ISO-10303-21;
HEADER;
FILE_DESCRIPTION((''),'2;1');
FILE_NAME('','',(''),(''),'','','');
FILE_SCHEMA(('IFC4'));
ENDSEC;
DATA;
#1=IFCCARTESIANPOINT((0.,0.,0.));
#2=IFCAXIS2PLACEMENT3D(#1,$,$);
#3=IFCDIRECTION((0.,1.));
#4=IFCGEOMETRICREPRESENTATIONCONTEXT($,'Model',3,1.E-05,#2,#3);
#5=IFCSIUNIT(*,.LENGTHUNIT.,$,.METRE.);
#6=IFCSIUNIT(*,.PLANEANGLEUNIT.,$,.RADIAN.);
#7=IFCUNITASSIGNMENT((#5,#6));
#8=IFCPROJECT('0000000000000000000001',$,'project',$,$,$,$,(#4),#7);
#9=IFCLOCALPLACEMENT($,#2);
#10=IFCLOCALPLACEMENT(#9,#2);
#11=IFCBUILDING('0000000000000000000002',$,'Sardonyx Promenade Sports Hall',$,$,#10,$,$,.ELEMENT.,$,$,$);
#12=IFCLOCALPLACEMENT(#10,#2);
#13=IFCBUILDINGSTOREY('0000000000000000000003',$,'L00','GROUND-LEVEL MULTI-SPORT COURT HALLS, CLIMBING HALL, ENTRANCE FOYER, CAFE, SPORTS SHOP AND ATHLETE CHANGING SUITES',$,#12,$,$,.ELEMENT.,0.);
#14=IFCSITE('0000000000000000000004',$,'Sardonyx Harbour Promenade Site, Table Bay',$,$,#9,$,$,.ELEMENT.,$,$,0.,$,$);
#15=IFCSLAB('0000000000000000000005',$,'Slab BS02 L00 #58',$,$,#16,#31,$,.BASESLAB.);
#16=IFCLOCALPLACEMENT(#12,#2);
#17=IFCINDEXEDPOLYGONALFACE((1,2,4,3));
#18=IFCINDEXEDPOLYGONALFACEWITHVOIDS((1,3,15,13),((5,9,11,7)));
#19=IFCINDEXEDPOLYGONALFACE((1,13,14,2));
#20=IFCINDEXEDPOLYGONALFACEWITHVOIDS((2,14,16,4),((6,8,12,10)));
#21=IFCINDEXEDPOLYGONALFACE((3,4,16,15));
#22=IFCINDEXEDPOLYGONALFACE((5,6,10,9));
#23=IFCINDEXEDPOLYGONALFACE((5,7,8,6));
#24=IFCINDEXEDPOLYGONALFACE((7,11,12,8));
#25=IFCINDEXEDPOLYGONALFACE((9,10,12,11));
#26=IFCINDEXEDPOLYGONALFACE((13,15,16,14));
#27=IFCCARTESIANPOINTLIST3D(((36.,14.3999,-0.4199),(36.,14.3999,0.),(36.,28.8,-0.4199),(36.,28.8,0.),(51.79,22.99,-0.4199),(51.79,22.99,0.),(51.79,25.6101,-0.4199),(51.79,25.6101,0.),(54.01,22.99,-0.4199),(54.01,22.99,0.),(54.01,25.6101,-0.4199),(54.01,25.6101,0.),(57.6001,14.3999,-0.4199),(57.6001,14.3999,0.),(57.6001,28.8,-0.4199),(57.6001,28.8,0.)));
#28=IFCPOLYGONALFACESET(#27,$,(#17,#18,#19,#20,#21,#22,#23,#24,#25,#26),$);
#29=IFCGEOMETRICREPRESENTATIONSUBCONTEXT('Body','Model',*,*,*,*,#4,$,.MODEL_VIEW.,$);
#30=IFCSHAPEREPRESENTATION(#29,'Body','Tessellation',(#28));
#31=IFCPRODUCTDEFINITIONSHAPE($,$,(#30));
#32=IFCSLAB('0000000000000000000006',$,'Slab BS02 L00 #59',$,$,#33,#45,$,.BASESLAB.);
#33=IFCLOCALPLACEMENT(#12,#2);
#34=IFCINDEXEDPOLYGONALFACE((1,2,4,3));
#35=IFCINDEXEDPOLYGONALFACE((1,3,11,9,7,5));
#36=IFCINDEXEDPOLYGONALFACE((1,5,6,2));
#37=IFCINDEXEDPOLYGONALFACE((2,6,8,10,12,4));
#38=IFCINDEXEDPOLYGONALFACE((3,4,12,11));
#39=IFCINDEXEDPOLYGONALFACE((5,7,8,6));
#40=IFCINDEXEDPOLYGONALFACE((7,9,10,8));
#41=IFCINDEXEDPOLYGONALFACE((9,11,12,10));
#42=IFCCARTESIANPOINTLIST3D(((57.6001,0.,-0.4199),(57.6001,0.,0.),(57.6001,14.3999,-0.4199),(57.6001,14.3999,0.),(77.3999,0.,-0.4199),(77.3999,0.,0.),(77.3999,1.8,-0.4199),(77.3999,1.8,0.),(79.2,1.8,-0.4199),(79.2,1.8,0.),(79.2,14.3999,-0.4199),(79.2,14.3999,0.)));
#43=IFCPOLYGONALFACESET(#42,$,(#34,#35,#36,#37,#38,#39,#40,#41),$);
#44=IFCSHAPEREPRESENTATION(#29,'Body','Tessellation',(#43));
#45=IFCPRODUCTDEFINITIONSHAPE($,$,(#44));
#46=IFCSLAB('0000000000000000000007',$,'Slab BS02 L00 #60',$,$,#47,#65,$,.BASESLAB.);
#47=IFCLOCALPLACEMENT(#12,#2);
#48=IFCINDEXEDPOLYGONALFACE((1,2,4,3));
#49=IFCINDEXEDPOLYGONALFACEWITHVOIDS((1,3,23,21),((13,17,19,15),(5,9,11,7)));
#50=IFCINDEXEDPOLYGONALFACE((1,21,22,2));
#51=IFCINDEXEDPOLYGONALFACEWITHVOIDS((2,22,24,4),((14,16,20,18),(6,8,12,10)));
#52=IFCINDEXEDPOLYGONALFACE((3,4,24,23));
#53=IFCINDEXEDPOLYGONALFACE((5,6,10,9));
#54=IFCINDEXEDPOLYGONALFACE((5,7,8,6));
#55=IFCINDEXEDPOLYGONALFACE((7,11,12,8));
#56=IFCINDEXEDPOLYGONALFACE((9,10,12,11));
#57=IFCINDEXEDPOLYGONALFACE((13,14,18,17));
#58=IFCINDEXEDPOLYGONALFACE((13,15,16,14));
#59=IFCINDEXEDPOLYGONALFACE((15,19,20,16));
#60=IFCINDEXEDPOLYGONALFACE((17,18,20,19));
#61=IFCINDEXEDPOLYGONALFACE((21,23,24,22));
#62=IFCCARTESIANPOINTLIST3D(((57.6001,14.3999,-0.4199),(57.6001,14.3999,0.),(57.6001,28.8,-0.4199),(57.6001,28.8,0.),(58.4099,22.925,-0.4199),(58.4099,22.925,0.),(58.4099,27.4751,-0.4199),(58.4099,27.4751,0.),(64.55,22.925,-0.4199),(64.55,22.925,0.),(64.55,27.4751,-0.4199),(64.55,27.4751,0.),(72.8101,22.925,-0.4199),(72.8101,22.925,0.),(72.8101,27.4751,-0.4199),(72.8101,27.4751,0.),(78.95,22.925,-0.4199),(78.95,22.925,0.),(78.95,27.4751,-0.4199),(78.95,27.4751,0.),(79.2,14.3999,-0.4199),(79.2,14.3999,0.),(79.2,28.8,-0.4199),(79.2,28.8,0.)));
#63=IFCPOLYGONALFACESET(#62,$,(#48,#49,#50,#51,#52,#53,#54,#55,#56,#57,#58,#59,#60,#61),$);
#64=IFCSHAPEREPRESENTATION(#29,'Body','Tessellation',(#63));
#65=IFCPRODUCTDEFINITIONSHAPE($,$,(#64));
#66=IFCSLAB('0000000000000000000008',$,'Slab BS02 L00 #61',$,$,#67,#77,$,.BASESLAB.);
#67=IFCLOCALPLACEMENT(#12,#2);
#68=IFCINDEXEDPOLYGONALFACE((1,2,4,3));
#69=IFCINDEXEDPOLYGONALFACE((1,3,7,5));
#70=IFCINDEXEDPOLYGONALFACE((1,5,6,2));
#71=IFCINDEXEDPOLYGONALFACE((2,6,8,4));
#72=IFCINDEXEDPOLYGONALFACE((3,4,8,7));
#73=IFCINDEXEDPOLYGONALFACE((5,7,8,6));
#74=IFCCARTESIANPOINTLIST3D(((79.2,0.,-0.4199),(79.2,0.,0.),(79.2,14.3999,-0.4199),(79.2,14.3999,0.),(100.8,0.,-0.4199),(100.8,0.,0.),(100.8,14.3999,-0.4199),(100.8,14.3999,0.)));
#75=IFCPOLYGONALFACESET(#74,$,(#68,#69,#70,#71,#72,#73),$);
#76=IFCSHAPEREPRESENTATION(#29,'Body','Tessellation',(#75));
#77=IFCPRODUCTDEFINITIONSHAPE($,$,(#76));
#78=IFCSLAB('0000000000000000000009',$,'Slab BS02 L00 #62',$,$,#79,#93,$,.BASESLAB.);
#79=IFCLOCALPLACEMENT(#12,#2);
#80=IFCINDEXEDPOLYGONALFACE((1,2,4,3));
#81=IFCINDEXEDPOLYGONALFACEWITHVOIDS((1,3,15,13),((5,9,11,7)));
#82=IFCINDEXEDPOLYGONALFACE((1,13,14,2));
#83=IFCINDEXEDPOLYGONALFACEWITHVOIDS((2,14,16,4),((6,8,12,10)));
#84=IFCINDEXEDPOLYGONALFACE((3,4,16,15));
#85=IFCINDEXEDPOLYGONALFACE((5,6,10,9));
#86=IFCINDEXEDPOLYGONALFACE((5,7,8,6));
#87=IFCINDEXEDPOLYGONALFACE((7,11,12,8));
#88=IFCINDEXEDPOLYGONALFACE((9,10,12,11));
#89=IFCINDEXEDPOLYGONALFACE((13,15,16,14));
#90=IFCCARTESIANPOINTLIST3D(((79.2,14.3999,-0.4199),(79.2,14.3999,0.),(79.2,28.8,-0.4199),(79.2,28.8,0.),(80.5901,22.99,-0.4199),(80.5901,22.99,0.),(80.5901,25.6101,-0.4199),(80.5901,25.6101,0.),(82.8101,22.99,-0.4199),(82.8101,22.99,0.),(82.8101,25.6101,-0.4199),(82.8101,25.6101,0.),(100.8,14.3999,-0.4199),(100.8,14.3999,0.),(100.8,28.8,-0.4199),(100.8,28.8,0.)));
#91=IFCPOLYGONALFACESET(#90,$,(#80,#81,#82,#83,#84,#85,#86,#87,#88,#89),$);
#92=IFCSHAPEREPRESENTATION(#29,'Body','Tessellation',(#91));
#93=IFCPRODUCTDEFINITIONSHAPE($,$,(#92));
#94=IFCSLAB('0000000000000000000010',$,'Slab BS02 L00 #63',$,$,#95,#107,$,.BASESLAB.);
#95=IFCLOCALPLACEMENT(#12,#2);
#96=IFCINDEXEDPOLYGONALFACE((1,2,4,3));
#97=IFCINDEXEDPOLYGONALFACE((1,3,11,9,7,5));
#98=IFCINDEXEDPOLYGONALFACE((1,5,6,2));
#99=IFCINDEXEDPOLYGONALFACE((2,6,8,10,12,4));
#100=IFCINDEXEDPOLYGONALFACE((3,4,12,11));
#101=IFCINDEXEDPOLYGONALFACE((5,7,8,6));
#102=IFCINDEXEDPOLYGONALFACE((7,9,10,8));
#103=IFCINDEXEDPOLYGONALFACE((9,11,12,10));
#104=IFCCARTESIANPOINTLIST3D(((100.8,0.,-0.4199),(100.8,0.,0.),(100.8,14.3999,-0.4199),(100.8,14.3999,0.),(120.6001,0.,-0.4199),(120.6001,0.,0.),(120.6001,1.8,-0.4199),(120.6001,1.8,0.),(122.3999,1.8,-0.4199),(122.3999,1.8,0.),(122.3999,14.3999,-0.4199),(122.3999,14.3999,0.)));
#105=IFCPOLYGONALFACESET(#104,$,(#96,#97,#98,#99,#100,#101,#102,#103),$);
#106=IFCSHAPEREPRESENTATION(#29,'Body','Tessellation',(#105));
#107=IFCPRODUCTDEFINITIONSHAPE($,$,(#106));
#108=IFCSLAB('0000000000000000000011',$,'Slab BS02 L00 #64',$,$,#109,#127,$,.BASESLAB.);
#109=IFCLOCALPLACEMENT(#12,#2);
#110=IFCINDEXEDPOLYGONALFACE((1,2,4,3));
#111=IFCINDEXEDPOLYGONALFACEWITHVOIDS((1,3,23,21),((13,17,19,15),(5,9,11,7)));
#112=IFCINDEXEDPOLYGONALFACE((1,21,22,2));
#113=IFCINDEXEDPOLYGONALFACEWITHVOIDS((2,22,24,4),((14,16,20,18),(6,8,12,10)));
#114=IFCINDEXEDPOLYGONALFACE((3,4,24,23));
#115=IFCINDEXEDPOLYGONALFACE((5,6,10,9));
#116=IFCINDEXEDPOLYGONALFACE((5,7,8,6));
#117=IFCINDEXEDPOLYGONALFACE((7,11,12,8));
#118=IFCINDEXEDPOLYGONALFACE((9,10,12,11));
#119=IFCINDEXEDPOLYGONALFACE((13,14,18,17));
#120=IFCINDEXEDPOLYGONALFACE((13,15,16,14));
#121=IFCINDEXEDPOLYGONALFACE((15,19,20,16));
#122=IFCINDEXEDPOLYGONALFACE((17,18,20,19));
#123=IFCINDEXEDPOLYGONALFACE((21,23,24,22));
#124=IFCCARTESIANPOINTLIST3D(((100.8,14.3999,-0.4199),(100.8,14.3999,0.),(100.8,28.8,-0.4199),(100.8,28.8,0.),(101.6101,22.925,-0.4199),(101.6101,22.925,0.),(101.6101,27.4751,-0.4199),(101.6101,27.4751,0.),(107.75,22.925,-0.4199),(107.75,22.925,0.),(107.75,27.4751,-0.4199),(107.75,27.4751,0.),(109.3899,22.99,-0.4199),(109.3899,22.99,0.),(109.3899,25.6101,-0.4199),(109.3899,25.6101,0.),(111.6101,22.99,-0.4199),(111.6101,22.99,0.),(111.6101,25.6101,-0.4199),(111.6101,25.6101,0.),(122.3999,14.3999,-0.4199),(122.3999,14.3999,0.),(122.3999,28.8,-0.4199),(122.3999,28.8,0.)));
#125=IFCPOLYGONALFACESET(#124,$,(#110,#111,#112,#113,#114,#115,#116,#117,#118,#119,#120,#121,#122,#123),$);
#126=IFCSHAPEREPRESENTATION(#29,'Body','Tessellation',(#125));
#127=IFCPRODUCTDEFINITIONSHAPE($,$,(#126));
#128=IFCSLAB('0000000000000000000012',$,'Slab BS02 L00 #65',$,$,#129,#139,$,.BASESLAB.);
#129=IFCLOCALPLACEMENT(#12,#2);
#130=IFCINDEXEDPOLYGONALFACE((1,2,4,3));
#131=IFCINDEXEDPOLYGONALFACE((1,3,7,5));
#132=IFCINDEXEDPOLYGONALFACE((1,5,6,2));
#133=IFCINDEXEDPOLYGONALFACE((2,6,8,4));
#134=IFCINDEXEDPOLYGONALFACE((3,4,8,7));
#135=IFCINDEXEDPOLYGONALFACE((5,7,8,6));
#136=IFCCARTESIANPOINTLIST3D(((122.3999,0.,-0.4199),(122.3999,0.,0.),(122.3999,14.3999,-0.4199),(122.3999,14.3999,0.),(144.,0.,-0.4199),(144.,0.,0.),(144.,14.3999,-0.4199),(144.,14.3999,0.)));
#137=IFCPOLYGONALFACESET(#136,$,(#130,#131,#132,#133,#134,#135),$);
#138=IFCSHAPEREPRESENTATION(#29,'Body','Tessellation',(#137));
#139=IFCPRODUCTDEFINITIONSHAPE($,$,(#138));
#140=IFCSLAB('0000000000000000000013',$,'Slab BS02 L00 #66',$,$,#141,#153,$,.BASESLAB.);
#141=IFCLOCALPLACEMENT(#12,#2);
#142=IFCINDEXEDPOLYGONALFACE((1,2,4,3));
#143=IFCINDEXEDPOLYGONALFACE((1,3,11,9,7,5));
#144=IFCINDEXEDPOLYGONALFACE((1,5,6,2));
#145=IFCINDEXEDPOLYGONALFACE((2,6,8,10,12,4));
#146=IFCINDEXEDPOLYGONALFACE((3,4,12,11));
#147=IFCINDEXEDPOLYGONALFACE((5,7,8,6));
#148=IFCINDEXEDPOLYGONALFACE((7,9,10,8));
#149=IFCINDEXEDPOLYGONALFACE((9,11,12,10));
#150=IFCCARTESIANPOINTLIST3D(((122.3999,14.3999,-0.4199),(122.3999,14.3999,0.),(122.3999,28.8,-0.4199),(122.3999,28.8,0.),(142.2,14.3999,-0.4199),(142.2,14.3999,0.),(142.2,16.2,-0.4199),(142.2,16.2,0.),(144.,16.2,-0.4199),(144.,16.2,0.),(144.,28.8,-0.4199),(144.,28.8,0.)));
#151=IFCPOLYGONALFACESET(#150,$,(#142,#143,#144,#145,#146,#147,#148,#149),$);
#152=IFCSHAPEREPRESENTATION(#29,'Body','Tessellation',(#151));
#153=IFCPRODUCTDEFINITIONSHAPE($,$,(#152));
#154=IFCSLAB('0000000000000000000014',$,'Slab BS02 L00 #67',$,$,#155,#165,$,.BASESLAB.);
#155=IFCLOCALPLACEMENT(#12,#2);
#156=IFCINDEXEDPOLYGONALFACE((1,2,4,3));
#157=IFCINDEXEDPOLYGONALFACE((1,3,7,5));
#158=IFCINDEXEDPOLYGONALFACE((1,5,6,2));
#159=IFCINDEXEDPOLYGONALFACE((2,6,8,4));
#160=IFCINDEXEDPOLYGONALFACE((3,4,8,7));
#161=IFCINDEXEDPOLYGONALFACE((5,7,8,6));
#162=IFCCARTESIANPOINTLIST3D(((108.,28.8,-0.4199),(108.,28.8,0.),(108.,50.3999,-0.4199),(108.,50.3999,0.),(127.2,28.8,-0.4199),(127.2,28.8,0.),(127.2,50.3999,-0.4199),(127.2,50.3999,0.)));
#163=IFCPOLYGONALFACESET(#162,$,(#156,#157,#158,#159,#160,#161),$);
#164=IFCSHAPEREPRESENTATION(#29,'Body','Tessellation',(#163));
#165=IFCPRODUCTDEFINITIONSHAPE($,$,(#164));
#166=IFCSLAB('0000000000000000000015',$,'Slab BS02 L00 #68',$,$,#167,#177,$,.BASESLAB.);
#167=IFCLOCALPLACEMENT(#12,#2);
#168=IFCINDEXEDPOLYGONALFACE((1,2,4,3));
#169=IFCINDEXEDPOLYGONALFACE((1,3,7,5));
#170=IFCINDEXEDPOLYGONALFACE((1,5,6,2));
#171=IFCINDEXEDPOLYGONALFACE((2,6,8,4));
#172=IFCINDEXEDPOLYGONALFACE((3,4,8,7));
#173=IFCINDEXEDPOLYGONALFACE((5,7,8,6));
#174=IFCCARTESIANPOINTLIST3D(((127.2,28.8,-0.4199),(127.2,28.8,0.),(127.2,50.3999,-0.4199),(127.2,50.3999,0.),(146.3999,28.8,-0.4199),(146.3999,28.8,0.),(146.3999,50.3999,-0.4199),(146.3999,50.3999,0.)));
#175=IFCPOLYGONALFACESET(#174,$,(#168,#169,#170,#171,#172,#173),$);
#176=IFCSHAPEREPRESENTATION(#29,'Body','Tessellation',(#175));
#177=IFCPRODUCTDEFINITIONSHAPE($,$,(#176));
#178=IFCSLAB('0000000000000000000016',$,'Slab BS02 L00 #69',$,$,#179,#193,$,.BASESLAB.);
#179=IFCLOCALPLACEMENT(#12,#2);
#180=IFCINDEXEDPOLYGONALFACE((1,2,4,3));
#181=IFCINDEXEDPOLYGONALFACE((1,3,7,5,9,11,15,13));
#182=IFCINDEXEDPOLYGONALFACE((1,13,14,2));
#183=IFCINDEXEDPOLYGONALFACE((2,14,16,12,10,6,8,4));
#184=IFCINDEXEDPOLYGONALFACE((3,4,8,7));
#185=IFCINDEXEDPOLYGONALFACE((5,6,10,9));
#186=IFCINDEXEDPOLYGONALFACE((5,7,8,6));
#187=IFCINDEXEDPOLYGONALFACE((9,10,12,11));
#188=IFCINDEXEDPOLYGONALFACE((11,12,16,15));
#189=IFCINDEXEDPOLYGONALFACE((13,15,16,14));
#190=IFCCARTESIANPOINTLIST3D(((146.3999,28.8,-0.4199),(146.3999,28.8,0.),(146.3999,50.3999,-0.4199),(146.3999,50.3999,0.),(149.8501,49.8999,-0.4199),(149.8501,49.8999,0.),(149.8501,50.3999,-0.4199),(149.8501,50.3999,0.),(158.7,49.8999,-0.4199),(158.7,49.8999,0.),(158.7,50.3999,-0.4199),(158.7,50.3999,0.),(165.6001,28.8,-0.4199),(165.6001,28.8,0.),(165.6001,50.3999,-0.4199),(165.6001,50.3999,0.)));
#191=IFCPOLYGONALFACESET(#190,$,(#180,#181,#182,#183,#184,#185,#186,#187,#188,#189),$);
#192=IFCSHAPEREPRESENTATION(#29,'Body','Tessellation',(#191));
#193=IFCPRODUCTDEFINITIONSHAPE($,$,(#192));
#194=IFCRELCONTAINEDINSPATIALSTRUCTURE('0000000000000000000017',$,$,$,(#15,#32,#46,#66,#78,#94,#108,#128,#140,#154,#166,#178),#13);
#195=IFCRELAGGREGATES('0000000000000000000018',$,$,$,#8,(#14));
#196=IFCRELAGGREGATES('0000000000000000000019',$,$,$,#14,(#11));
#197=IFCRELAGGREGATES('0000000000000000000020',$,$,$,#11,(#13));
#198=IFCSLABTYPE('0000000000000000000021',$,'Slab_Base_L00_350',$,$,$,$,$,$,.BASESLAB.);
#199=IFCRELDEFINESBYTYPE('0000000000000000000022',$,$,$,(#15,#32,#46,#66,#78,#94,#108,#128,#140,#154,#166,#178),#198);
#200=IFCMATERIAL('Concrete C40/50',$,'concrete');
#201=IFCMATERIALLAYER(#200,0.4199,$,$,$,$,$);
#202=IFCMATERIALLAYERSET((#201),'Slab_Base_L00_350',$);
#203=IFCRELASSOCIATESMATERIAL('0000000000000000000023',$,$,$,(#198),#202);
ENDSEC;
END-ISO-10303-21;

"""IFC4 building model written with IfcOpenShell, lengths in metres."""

from ifc_helpers import new_model, si_unit, direction, frame, origin, place, context, subcontext, project, spatial, polyline, outline, extrude, material, layer, layer_set, type_object, element, save


model = new_model("IFC4")

# Units and contexts
model_context = context("Model", 3, precision=1e-05, world=origin(), true_north=direction((0.0, 1.0)))
body_context = subcontext(model_context, "Body", "Model", "MODEL_VIEW")
ifc_project = project(units=[si_unit("LENGTHUNIT", "METRE"), si_unit("PLANEANGLEUNIT", "RADIAN")], contexts=[model_context])

# Site, building, storey
site_placement = place(None, origin())
site = spatial("IfcSite", under=ifc_project, at=site_placement, Name="Sardonyx Harbour Promenade Site, Table Bay", CompositionType="ELEMENT", RefElevation=0.0)
building_placement = place(site_placement, origin())
building = spatial("IfcBuilding", under=site, at=building_placement, Name="Sardonyx Promenade Sports Hall", CompositionType="ELEMENT")
storey_placement = place(building_placement, origin())
storey = spatial("IfcBuildingStorey", under=building, at=storey_placement, Name="L00", Description="GROUND-LEVEL MULTI-SPORT COURT HALLS, CLIMBING HALL, ENTRANCE FOYER, CAFE, SPORTS SHOP AND ATHLETE CHANGING SUITES", CompositionType="ELEMENT", Elevation=0.0)

# Slabs
ifc_material_1 = material(Name="Concrete C40/50", Category="concrete")
ifc_layer_1 = layer(ifc_material_1, 0.4199)
ifc_layer_set_1 = layer_set([ifc_layer_1], Name="Slab_Base_L00_350")
slab_type_1 = type_object("IfcSlabType", Name="Slab_Base_L00_350", PredefinedType="BASESLAB", material=ifc_layer_set_1)
slab_1_placement = place(storey_placement, frame((0.0, 0.0, -0.4199)))
element("IfcSlab", 1, at=slab_1_placement, inside=storey, type_object=slab_type_1, Name="Slab BS02 L00 #58", PredefinedType="BASESLAB", context=body_context, shape_type="SweptSolid", body=[
    extrude(outline(polyline([(36.0, 28.8), (36.0, 14.3999), (57.6001, 14.3999), (57.6001, 28.8), (36.0, 28.8)]), holes=[polyline([(51.79, 25.6101), (54.01, 25.6101), (54.01, 22.99), (51.79, 22.99), (51.79, 25.6101)])]), origin(), (0.0, 0.0, 1.0), 0.4199),
])
slab_2_placement = place(storey_placement, frame((0.0, 0.0, -0.4199)))
element("IfcSlab", 2, at=slab_2_placement, inside=storey, type_object=slab_type_1, Name="Slab BS02 L00 #59", PredefinedType="BASESLAB", context=body_context, shape_type="SweptSolid", body=[
    extrude(outline(polyline([(57.6001, 0.0), (77.3999, 0.0), (77.3999, 1.8), (79.2, 1.8), (79.2, 14.3999), (57.6001, 14.3999), (57.6001, 0.0)])), origin(), (0.0, 0.0, 1.0), 0.4199),
])
slab_3_placement = place(storey_placement, frame((0.0, 0.0, -0.4199)))
element("IfcSlab", 3, at=slab_3_placement, inside=storey, type_object=slab_type_1, Name="Slab BS02 L00 #60", PredefinedType="BASESLAB", context=body_context, shape_type="SweptSolid", body=[
    extrude(outline(polyline([(57.6001, 28.8), (57.6001, 14.3999), (79.2, 14.3999), (79.2, 28.8), (57.6001, 28.8)]), holes=[polyline([(72.8101, 27.4751), (78.95, 27.4751), (78.95, 22.925), (72.8101, 22.925), (72.8101, 27.4751)]), polyline([(58.4099, 27.4751), (64.55, 27.4751), (64.55, 22.925), (58.4099, 22.925), (58.4099, 27.4751)])]), origin(), (0.0, 0.0, 1.0), 0.4199),
])
slab_4_placement = place(storey_placement, frame((0.0, 0.0, -0.4199)))
element("IfcSlab", 4, at=slab_4_placement, inside=storey, type_object=slab_type_1, Name="Slab BS02 L00 #61", PredefinedType="BASESLAB", context=body_context, shape_type="SweptSolid", body=[
    extrude(outline(polyline([(79.2, 0.0), (100.8, 0.0), (100.8, 14.3999), (79.2, 14.3999), (79.2, 0.0)])), origin(), (0.0, 0.0, 1.0), 0.4199),
])
slab_5_placement = place(storey_placement, frame((0.0, 0.0, -0.4199)))
element("IfcSlab", 5, at=slab_5_placement, inside=storey, type_object=slab_type_1, Name="Slab BS02 L00 #62", PredefinedType="BASESLAB", context=body_context, shape_type="SweptSolid", body=[
    extrude(outline(polyline([(79.2, 28.8), (79.2, 14.3999), (100.8, 14.3999), (100.8, 28.8), (79.2, 28.8)]), holes=[polyline([(80.5901, 25.6101), (82.8101, 25.6101), (82.8101, 22.99), (80.5901, 22.99), (80.5901, 25.6101)])]), origin(), (0.0, 0.0, 1.0), 0.4199),
])
slab_6_placement = place(storey_placement, frame((0.0, 0.0, -0.4199)))
element("IfcSlab", 6, at=slab_6_placement, inside=storey, type_object=slab_type_1, Name="Slab BS02 L00 #63", PredefinedType="BASESLAB", context=body_context, shape_type="SweptSolid", body=[
    extrude(outline(polyline([(100.8, 0.0), (120.6001, 0.0), (120.6001, 1.8), (122.3999, 1.8), (122.3999, 14.3999), (100.8, 14.3999), (100.8, 0.0)])), origin(), (0.0, 0.0, 1.0), 0.4199),
])
slab_7_placement = place(storey_placement, frame((0.0, 0.0, -0.4199)))
element("IfcSlab", 7, at=slab_7_placement, inside=storey, type_object=slab_type_1, Name="Slab BS02 L00 #64", PredefinedType="BASESLAB", context=body_context, shape_type="SweptSolid", body=[
    extrude(outline(polyline([(100.8, 28.8), (100.8, 14.3999), (122.3999, 14.3999), (122.3999, 28.8), (100.8, 28.8)]), holes=[polyline([(109.3899, 25.6101), (111.6101, 25.6101), (111.6101, 22.99), (109.3899, 22.99), (109.3899, 25.6101)]), polyline([(101.6101, 27.4751), (107.75, 27.4751), (107.75, 22.925), (101.6101, 22.925), (101.6101, 27.4751)])]), origin(), (0.0, 0.0, 1.0), 0.4199),
])
slab_8_placement = place(storey_placement, frame((0.0, 0.0, -0.4199)))
element("IfcSlab", 8, at=slab_8_placement, inside=storey, type_object=slab_type_1, Name="Slab BS02 L00 #65", PredefinedType="BASESLAB", context=body_context, shape_type="SweptSolid", body=[
    extrude(outline(polyline([(122.3999, 0.0), (144.0, 0.0), (144.0, 14.3999), (122.3999, 14.3999), (122.3999, 0.0)])), origin(), (0.0, 0.0, 1.0), 0.4199),
])
slab_9_placement = place(storey_placement, frame((0.0, 0.0, -0.4199)))
element("IfcSlab", 9, at=slab_9_placement, inside=storey, type_object=slab_type_1, Name="Slab BS02 L00 #66", PredefinedType="BASESLAB", context=body_context, shape_type="SweptSolid", body=[
    extrude(outline(polyline([(122.3999, 14.3999), (142.2, 14.3999), (142.2, 16.2), (144.0, 16.2), (144.0, 28.8), (122.3999, 28.8), (122.3999, 14.3999)])), origin(), (0.0, 0.0, 1.0), 0.4199),
])
slab_10_placement = place(storey_placement, frame((0.0, 0.0, -0.4199)))
element("IfcSlab", 10, at=slab_10_placement, inside=storey, type_object=slab_type_1, Name="Slab BS02 L00 #67", PredefinedType="BASESLAB", context=body_context, shape_type="SweptSolid", body=[
    extrude(outline(polyline([(108.0, 28.8), (127.2, 28.8), (127.2, 50.3999), (108.0, 50.3999), (108.0, 28.8)])), origin(), (0.0, 0.0, 1.0), 0.4199),
])
slab_11_placement = place(storey_placement, frame((0.0, 0.0, -0.4199)))
element("IfcSlab", 11, at=slab_11_placement, inside=storey, type_object=slab_type_1, Name="Slab BS02 L00 #68", PredefinedType="BASESLAB", context=body_context, shape_type="SweptSolid", body=[
    extrude(outline(polyline([(127.2, 28.8), (146.3999, 28.8), (146.3999, 50.3999), (127.2, 50.3999), (127.2, 28.8)])), origin(), (0.0, 0.0, 1.0), 0.4199),
])
slab_12_placement = place(storey_placement, frame((0.0, 0.0, -0.4199)))
element("IfcSlab", 12, at=slab_12_placement, inside=storey, type_object=slab_type_1, Name="Slab BS02 L00 #69", PredefinedType="BASESLAB", context=body_context, shape_type="SweptSolid", body=[
    extrude(outline(polyline([(165.6001, 50.3999), (158.7, 50.3999), (158.7, 49.8999), (149.8501, 49.8999), (149.8501, 50.3999), (146.3999, 50.3999), (146.3999, 28.8), (165.6001, 28.8), (165.6001, 50.3999)])), origin(), (0.0, 0.0, 1.0), 0.4199),
])

save(model, "model.ifc")
